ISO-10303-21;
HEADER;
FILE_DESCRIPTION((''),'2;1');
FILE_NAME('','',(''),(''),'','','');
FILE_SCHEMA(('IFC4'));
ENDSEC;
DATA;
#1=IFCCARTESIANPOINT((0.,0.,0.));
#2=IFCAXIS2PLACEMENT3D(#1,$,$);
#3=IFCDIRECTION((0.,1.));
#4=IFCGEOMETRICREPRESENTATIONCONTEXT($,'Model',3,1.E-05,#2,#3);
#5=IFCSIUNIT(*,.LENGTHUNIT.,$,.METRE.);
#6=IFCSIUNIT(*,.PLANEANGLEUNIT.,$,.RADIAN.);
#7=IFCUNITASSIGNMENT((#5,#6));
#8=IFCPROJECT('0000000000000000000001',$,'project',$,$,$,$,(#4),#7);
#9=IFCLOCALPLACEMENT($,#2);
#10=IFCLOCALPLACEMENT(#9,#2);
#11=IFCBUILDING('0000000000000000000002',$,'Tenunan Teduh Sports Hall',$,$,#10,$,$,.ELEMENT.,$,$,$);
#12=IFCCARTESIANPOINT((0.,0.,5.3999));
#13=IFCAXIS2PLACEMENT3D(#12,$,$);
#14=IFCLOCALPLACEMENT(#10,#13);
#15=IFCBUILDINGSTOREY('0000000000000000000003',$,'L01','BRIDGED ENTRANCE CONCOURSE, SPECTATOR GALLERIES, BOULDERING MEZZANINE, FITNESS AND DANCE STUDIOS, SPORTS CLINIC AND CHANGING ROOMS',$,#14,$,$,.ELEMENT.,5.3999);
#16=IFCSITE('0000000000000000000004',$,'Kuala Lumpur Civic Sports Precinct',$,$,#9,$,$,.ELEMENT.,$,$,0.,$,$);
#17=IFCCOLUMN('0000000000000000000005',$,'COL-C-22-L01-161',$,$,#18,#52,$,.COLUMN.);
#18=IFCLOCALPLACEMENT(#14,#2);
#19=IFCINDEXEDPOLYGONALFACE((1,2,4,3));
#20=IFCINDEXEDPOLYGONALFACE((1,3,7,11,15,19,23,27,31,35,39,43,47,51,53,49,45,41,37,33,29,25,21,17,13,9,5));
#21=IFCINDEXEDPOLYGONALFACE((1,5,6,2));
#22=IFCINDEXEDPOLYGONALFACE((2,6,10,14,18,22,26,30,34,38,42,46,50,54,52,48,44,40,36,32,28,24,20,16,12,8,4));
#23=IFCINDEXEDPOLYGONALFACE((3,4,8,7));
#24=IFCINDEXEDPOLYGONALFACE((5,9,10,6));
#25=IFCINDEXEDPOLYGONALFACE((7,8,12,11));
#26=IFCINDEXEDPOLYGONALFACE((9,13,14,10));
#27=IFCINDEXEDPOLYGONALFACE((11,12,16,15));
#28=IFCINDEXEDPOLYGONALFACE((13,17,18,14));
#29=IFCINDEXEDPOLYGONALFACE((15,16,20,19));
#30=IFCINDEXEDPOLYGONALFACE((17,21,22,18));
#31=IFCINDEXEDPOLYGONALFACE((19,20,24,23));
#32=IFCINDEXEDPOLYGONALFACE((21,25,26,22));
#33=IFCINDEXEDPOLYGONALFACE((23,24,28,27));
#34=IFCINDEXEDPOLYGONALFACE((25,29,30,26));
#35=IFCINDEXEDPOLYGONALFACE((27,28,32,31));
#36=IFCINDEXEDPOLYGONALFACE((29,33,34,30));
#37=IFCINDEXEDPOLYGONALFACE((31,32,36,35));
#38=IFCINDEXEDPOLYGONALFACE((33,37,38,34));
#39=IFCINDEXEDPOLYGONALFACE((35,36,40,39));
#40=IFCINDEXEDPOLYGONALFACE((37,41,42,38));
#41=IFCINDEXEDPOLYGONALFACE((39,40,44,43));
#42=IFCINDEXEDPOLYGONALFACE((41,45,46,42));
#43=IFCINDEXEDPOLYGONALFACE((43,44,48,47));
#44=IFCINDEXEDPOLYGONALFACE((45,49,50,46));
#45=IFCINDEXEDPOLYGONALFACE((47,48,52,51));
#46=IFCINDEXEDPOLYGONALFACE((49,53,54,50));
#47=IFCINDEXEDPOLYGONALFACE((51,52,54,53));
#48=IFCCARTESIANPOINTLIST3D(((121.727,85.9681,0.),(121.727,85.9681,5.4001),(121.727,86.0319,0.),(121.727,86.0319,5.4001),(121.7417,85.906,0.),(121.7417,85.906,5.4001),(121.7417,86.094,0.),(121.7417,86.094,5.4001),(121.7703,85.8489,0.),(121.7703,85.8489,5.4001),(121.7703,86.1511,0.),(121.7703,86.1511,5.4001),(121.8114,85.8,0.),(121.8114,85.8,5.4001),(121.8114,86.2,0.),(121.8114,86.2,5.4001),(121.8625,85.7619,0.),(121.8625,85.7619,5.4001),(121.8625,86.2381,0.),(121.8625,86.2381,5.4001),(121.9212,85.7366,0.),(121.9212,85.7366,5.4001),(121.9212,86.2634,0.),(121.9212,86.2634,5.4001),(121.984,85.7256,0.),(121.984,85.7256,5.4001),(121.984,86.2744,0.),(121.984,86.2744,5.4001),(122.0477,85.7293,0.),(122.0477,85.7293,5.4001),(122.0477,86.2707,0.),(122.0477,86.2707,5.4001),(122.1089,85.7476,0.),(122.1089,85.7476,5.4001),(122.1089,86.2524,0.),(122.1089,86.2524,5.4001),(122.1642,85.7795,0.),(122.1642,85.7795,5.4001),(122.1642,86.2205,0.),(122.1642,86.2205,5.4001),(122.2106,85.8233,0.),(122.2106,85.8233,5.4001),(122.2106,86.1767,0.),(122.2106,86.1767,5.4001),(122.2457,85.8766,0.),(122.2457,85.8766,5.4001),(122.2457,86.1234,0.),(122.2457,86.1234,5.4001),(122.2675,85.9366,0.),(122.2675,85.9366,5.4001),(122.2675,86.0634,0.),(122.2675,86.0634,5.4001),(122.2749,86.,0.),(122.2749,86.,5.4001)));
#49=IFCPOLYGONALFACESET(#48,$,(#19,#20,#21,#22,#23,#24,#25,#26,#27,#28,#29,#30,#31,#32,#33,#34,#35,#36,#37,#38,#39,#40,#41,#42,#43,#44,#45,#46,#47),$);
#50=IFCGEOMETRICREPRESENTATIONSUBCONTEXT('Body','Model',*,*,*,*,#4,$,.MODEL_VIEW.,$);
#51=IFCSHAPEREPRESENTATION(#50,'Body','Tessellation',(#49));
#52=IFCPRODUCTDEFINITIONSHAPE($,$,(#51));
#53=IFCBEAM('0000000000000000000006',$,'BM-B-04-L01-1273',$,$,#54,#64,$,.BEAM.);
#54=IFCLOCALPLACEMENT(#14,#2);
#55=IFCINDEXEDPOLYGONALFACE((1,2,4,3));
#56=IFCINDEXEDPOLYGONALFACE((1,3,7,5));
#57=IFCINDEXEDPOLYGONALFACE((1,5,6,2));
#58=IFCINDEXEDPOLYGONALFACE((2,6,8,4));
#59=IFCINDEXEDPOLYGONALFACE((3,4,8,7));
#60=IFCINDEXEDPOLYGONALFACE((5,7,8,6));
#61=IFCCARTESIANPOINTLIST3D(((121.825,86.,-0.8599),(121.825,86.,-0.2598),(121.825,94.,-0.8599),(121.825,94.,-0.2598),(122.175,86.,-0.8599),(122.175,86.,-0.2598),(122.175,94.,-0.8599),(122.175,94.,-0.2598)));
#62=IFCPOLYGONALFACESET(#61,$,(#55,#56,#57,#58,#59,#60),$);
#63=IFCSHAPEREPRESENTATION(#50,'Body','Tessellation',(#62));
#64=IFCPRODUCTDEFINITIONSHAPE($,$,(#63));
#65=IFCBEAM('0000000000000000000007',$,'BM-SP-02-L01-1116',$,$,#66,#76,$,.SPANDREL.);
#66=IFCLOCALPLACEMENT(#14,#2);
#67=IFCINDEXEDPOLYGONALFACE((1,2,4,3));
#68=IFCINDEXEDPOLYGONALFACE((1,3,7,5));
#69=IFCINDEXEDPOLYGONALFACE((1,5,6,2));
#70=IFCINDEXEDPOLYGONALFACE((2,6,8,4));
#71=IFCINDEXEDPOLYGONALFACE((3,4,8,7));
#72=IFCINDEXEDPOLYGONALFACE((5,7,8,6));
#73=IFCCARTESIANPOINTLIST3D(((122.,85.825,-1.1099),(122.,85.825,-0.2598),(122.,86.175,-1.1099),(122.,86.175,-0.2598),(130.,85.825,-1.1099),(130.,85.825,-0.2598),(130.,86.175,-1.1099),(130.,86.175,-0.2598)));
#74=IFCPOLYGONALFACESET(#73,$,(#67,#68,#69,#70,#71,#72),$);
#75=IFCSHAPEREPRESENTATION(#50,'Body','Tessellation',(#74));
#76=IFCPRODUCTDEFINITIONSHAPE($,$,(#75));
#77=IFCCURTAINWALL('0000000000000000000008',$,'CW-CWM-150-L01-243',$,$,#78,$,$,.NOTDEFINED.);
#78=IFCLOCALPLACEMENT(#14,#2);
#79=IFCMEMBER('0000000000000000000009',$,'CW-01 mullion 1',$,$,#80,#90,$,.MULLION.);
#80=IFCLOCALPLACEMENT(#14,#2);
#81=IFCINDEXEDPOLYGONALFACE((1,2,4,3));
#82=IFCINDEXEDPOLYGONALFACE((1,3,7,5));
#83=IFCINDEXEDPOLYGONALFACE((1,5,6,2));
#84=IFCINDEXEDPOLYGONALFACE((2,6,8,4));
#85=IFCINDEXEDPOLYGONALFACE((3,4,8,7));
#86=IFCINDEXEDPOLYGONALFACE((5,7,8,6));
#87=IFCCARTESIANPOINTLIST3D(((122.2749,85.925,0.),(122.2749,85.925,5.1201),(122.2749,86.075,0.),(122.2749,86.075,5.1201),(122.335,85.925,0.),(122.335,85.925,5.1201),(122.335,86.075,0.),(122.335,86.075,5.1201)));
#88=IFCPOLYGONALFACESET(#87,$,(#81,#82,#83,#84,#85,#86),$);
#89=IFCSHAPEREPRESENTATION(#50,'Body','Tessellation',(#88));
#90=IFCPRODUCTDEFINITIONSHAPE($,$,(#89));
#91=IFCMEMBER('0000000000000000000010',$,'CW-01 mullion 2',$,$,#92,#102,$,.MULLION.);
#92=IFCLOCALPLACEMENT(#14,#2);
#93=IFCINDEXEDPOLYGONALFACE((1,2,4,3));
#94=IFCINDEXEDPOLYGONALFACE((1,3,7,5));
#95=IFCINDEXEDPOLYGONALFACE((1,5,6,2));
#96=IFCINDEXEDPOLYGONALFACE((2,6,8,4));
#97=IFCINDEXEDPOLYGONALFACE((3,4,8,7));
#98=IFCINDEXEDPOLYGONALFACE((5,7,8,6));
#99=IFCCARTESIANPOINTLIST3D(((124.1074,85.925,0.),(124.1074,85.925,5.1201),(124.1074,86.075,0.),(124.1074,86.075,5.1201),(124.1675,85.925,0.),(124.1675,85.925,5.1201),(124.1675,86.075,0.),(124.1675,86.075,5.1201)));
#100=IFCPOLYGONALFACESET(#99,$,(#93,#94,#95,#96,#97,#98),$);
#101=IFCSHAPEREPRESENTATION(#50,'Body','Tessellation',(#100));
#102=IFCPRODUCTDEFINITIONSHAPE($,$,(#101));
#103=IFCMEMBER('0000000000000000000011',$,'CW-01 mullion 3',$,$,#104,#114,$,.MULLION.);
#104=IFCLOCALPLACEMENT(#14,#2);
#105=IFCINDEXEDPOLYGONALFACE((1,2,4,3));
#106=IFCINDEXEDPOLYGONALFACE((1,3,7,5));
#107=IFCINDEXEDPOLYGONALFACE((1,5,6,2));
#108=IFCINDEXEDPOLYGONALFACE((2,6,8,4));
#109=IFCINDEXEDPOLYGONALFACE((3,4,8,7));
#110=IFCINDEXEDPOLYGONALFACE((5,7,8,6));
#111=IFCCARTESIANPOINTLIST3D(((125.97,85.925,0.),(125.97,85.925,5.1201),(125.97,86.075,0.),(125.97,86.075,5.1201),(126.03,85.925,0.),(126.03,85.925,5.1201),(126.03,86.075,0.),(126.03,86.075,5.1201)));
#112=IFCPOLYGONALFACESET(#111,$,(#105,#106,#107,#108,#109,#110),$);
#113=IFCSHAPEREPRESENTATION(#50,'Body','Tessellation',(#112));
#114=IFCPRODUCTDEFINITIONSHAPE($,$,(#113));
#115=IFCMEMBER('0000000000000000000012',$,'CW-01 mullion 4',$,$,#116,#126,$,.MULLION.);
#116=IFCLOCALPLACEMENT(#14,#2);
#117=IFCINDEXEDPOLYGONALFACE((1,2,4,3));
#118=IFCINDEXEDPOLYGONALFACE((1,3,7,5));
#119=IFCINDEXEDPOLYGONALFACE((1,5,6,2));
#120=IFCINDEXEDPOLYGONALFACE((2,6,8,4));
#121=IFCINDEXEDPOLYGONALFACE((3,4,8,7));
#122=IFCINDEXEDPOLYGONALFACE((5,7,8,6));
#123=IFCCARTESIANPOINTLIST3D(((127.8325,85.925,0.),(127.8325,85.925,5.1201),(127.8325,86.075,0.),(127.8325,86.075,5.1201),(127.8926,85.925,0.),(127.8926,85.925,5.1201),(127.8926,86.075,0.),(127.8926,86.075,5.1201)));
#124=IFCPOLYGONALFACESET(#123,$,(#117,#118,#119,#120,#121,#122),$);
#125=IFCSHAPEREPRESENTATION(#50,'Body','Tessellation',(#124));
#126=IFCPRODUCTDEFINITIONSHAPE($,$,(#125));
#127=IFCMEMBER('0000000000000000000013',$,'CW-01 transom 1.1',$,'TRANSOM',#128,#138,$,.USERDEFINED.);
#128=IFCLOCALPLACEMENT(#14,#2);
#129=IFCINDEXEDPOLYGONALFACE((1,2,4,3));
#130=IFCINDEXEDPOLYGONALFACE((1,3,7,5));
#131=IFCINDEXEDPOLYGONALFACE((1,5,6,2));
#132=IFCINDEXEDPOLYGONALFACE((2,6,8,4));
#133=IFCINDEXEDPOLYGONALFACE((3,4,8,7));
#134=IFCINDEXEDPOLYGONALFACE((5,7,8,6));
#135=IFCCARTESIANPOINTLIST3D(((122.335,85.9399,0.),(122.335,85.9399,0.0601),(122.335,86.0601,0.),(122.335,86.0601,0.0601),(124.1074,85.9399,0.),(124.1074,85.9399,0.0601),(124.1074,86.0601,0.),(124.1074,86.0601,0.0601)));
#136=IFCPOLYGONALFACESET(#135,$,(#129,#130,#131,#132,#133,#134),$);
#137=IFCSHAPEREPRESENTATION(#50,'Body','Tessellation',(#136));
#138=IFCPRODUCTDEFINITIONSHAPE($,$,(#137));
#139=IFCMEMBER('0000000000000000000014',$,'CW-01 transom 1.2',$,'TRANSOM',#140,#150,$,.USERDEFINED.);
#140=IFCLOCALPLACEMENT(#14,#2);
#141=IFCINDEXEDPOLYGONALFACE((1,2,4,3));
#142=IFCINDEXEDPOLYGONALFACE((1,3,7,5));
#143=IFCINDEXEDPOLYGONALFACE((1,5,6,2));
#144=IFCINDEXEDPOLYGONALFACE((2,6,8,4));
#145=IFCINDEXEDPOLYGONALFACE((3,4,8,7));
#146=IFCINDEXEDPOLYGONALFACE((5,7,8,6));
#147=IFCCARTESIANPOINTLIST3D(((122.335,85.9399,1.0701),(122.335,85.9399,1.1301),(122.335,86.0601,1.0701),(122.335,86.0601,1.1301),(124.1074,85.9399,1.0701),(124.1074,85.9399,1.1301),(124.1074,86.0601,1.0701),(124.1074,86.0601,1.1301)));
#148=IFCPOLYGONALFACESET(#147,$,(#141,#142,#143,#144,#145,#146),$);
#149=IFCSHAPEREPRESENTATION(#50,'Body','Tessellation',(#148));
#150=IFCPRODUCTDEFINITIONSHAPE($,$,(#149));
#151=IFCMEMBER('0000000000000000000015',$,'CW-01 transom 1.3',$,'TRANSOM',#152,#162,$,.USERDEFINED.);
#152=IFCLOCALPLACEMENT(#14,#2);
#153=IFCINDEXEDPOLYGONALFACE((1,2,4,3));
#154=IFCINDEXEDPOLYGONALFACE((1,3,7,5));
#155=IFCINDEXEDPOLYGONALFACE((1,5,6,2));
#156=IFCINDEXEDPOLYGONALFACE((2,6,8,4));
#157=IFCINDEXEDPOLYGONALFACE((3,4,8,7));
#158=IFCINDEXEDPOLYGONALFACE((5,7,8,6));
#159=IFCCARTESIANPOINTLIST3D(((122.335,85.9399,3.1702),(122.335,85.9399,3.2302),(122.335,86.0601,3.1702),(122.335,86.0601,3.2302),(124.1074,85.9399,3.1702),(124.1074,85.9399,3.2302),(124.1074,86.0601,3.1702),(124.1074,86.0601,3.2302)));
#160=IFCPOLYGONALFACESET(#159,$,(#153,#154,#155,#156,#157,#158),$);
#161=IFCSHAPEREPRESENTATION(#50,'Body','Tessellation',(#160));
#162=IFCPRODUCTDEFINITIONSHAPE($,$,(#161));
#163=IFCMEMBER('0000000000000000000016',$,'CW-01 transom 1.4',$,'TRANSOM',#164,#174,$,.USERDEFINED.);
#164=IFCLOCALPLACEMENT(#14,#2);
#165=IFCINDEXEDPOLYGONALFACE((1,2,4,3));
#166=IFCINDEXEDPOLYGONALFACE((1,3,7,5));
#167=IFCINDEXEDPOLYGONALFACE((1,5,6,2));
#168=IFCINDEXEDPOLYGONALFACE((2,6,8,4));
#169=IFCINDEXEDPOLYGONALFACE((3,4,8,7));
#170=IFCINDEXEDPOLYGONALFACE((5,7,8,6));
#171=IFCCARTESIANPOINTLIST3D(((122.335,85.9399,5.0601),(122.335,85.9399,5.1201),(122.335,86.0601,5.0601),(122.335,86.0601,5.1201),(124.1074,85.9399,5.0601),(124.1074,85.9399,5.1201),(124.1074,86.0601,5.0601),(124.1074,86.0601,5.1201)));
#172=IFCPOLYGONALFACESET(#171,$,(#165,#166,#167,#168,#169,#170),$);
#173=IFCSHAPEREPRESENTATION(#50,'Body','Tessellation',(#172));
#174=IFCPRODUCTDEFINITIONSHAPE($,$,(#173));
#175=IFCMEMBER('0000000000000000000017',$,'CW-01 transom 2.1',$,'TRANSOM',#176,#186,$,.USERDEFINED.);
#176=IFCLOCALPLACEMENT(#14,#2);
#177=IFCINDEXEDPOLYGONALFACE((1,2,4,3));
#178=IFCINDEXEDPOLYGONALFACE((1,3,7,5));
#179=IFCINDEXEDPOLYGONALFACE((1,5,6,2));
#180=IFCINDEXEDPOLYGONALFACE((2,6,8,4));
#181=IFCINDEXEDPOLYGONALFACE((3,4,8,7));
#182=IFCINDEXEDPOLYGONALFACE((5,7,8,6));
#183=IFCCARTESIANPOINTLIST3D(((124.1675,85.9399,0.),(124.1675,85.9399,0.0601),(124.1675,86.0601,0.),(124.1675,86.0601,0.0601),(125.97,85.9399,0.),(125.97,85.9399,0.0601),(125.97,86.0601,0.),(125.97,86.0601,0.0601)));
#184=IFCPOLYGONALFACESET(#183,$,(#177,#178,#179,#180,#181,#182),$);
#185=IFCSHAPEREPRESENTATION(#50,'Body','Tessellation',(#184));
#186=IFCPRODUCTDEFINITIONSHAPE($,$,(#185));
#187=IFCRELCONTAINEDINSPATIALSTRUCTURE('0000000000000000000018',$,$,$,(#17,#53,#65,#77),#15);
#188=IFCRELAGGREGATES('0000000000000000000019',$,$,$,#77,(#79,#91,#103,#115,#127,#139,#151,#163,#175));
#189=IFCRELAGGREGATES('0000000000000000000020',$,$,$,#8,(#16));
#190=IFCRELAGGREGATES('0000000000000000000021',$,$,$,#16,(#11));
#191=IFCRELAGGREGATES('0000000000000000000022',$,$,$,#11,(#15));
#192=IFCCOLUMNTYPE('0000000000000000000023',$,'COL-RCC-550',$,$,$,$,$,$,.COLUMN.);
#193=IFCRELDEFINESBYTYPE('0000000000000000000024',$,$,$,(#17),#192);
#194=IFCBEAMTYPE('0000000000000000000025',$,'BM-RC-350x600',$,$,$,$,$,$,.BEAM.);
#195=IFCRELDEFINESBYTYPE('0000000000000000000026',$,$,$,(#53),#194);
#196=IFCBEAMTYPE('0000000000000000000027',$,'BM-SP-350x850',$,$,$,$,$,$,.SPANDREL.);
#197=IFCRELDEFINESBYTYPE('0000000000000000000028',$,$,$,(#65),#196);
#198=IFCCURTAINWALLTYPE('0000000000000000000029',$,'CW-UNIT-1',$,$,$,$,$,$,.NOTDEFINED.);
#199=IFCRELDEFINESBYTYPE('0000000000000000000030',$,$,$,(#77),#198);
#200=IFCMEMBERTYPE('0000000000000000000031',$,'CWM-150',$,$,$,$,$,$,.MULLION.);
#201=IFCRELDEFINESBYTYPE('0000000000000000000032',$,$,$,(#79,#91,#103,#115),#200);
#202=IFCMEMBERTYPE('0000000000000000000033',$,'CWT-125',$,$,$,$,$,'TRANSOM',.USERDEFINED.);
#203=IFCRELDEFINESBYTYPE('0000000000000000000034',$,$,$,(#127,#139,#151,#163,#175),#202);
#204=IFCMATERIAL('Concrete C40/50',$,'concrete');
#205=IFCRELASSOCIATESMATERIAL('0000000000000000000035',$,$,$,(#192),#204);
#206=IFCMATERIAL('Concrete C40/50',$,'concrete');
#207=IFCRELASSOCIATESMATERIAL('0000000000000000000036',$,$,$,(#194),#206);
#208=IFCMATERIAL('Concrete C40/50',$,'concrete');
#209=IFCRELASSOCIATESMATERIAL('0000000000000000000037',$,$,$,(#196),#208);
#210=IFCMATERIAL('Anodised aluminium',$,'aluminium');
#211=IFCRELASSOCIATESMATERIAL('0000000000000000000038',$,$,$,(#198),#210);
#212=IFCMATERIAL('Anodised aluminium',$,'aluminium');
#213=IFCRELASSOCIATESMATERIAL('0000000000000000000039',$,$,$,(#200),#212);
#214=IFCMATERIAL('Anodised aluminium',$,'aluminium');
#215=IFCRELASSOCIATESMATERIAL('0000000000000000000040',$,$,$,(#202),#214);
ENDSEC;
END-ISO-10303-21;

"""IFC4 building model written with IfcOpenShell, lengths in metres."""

from ifc_helpers import new_model, si_unit, direction, frame, origin, origin_2d, place, context, subcontext, project, spatial, rectangle, circle, extrude, material, material_profile, profile_set, type_object, element, aggregate, save


model = new_model("IFC4")

# Units and contexts
model_context = context("Model", 3, precision=1e-05, world=origin(), true_north=direction((0.0, 1.0)))
body_context = subcontext(model_context, "Body", "Model", "MODEL_VIEW")
ifc_project = project(units=[si_unit("LENGTHUNIT", "METRE"), si_unit("PLANEANGLEUNIT", "RADIAN")], contexts=[model_context])

# Site, building, storey
site_placement = place(None, origin())
site = spatial("IfcSite", under=ifc_project, at=site_placement, Name="Kuala Lumpur Civic Sports Precinct", CompositionType="ELEMENT", RefElevation=0.0)
building_placement = place(site_placement, origin())
building = spatial("IfcBuilding", under=site, at=building_placement, Name="Tenunan Teduh Sports Hall", CompositionType="ELEMENT")
storey_placement = place(building_placement, frame((0.0, 0.0, 5.3999)))
storey = spatial("IfcBuildingStorey", under=building, at=storey_placement, Name="L01", Description="BRIDGED ENTRANCE CONCOURSE, SPECTATOR GALLERIES, BOULDERING MEZZANINE, FITNESS AND DANCE STUDIOS, SPORTS CLINIC AND CHANGING ROOMS", CompositionType="ELEMENT", Elevation=5.3999)

# Column
ifc_material_1 = material(Name="Concrete C40/50", Category="concrete")
ifc_material_profile_1 = material_profile(ifc_material_1, circle(Radius=0.2749, at=origin_2d()), Name="RCC D550")
ifc_profile_set_1 = profile_set([ifc_material_profile_1], Name="Concrete C40/50")
column_type = type_object("IfcColumnType", Name="COL-RCC-550", PredefinedType="COLUMN", material=ifc_profile_set_1)
column_placement = place(storey_placement, frame((122.0, 86.0, 0.0), z_axis=(0.0, 0.0, 1.0), x_axis=(1.0, 0.0, 0.0)))
element("IfcColumn", 1, at=column_placement, inside=storey, type_object=column_type, Name="COL-C-22-L01-161", PredefinedType="COLUMN", context=body_context, shape_type="SweptSolid", body=[
    extrude(circle(Radius=0.2749, at=origin_2d()), origin(), (0.0, 0.0, 1.0), 5.4001),
])

# Beams
ifc_material_2 = material(Name="Concrete C40/50", Category="concrete")
ifc_material_profile_2 = material_profile(ifc_material_2, rectangle(XDim=0.3501, YDim=0.6001, at=origin_2d()), Name="RCB 350x600")
ifc_profile_set_2 = profile_set([ifc_material_profile_2], Name="Concrete C40/50")
beam_type_1 = type_object("IfcBeamType", Name="BM-RC-350x600", PredefinedType="BEAM", material=ifc_profile_set_2)
beam_1_placement = place(storey_placement, frame((122.0, 86.0, -0.5598), z_axis=(0.0, 1.0, 0.0), x_axis=(-1.0, 0.0, 0.0)))
element("IfcBeam", 2, at=beam_1_placement, inside=storey, type_object=beam_type_1, Name="BM-B-04-L01-1273", PredefinedType="BEAM", context=body_context, shape_type="SweptSolid", body=[
    extrude(rectangle(XDim=0.3501, YDim=0.6001, at=origin_2d()), origin(), (0.0, 0.0, 1.0), 8.0),
])
ifc_material_3 = material(Name="Concrete C40/50", Category="concrete")
ifc_material_profile_3 = material_profile(ifc_material_3, rectangle(XDim=0.3501, YDim=0.8501, at=origin_2d()), Name="SPB 350x850")
ifc_profile_set_3 = profile_set([ifc_material_profile_3], Name="Concrete C40/50")
beam_type_2 = type_object("IfcBeamType", Name="BM-SP-350x850", PredefinedType="SPANDREL", material=ifc_profile_set_3)
beam_2_placement = place(storey_placement, frame((122.0, 86.0, -0.6848), z_axis=(1.0, 0.0, 0.0), x_axis=(0.0, 1.0, 0.0)))
element("IfcBeam", 3, at=beam_2_placement, inside=storey, type_object=beam_type_2, Name="BM-SP-02-L01-1116", PredefinedType="SPANDREL", context=body_context, shape_type="SweptSolid", body=[
    extrude(rectangle(XDim=0.3501, YDim=0.8501, at=origin_2d()), origin(), (0.0, 0.0, 1.0), 8.0),
])

# Curtain wall, members
ifc_material_4 = material(Name="Anodised aluminium", Category="aluminium")
curtain_wall_type = type_object("IfcCurtainWallType", Name="CW-UNIT-1", PredefinedType="NOTDEFINED", material=ifc_material_4)
curtain_wall_1_placement = place(storey_placement, origin())
curtain_wall_1 = element("IfcCurtainWall", 4, at=curtain_wall_1_placement, inside=storey, type_object=curtain_wall_type, Name="CW-CWM-150-L01-243", PredefinedType="NOTDEFINED")
ifc_material_5 = material(Name="Anodised aluminium", Category="aluminium")
ifc_material_profile_4 = material_profile(ifc_material_5, rectangle(XDim=0.0601, YDim=0.1499, at=origin_2d()), Name="CWM 60x150")
ifc_profile_set_4 = profile_set([ifc_material_profile_4], Name="Anodised aluminium")
member_type_1 = type_object("IfcMemberType", Name="CWM-150", PredefinedType="MULLION", material=ifc_profile_set_4)
member_1_placement = place(storey_placement, frame((122.3049, 86.0, 0.0), z_axis=(0.0, 0.0, 1.0), x_axis=(1.0, 0.0, 0.0)))
member_1 = element("IfcMember", 5, at=member_1_placement, type_object=member_type_1, Name="CW-01 mullion 1", PredefinedType="MULLION", context=body_context, shape_type="SweptSolid", body=[
    extrude(rectangle(XDim=0.0601, YDim=0.1499, at=origin_2d()), origin(), (0.0, 0.0, 1.0), 5.1201),
])
member_2_placement = place(storey_placement, frame((124.1375, 86.0, 0.0), z_axis=(0.0, 0.0, 1.0), x_axis=(1.0, 0.0, 0.0)))
member_2 = element("IfcMember", 6, at=member_2_placement, type_object=member_type_1, Name="CW-01 mullion 2", PredefinedType="MULLION", context=body_context, shape_type="SweptSolid", body=[
    extrude(rectangle(XDim=0.0601, YDim=0.1499, at=origin_2d()), origin(), (0.0, 0.0, 1.0), 5.1201),
])
member_3_placement = place(storey_placement, frame((126.0, 86.0, 0.0), z_axis=(0.0, 0.0, 1.0), x_axis=(1.0, 0.0, 0.0)))
member_3 = element("IfcMember", 7, at=member_3_placement, type_object=member_type_1, Name="CW-01 mullion 3", PredefinedType="MULLION", context=body_context, shape_type="SweptSolid", body=[
    extrude(rectangle(XDim=0.0601, YDim=0.1499, at=origin_2d()), origin(), (0.0, 0.0, 1.0), 5.1201),
])
member_4_placement = place(storey_placement, frame((127.8625, 86.0, 0.0), z_axis=(0.0, 0.0, 1.0), x_axis=(1.0, 0.0, 0.0)))
member_4 = element("IfcMember", 8, at=member_4_placement, type_object=member_type_1, Name="CW-01 mullion 4", PredefinedType="MULLION", context=body_context, shape_type="SweptSolid", body=[
    extrude(rectangle(XDim=0.0601, YDim=0.1499, at=origin_2d()), origin(), (0.0, 0.0, 1.0), 5.1201),
])
ifc_material_6 = material(Name="Anodised aluminium", Category="aluminium")
ifc_material_profile_5 = material_profile(ifc_material_6, rectangle(XDim=0.0601, YDim=0.1201, at=origin_2d()), Name="CWT 60x120")
ifc_profile_set_5 = profile_set([ifc_material_profile_5], Name="Anodised aluminium")
member_type_2 = type_object("IfcMemberType", Name="CWT-125", ElementType="TRANSOM", PredefinedType="USERDEFINED", material=ifc_profile_set_5)
member_5_placement = place(storey_placement, frame((122.335, 86.0, 0.03), z_axis=(1.0, 0.0, 0.0), x_axis=(0.0, 0.0, 1.0)))
member_5 = element("IfcMember", 9, at=member_5_placement, type_object=member_type_2, Name="CW-01 transom 1.1", ObjectType="TRANSOM", PredefinedType="USERDEFINED", context=body_context, shape_type="SweptSolid", body=[
    extrude(rectangle(XDim=0.0601, YDim=0.1201, at=origin_2d()), origin(), (0.0, 0.0, 1.0), 1.7725),
])
member_6_placement = place(storey_placement, frame((122.335, 86.0, 1.1001), z_axis=(1.0, 0.0, 0.0), x_axis=(0.0, 0.0, 1.0)))
member_6 = element("IfcMember", 10, at=member_6_placement, type_object=member_type_2, Name="CW-01 transom 1.2", ObjectType="TRANSOM", PredefinedType="USERDEFINED", context=body_context, shape_type="SweptSolid", body=[
    extrude(rectangle(XDim=0.0601, YDim=0.1201, at=origin_2d()), origin(), (0.0, 0.0, 1.0), 1.7725),
])
member_7_placement = place(storey_placement, frame((122.335, 86.0, 3.2002), z_axis=(1.0, 0.0, 0.0), x_axis=(0.0, 0.0, 1.0)))
member_7 = element("IfcMember", 11, at=member_7_placement, type_object=member_type_2, Name="CW-01 transom 1.3", ObjectType="TRANSOM", PredefinedType="USERDEFINED", context=body_context, shape_type="SweptSolid", body=[
    extrude(rectangle(XDim=0.0601, YDim=0.1201, at=origin_2d()), origin(), (0.0, 0.0, 1.0), 1.7725),
])
member_8_placement = place(storey_placement, frame((122.335, 86.0, 5.0901), z_axis=(1.0, 0.0, 0.0), x_axis=(0.0, 0.0, 1.0)))
member_8 = element("IfcMember", 12, at=member_8_placement, type_object=member_type_2, Name="CW-01 transom 1.4", ObjectType="TRANSOM", PredefinedType="USERDEFINED", context=body_context, shape_type="SweptSolid", body=[
    extrude(rectangle(XDim=0.0601, YDim=0.1201, at=origin_2d()), origin(), (0.0, 0.0, 1.0), 1.7725),
])
member_9_placement = place(storey_placement, frame((124.1675, 86.0, 0.03), z_axis=(1.0, 0.0, 0.0), x_axis=(0.0, 0.0, 1.0)))
member_9 = element("IfcMember", 13, at=member_9_placement, type_object=member_type_2, Name="CW-01 transom 2.1", ObjectType="TRANSOM", PredefinedType="USERDEFINED", context=body_context, shape_type="SweptSolid", body=[
    extrude(rectangle(XDim=0.0601, YDim=0.1201, at=origin_2d()), origin(), (0.0, 0.0, 1.0), 1.8025),
])

aggregate(curtain_wall_1, [member_1, member_2, member_3, member_4, member_5, member_6, member_7, member_8, member_9])

save(model, "model.ifc")
